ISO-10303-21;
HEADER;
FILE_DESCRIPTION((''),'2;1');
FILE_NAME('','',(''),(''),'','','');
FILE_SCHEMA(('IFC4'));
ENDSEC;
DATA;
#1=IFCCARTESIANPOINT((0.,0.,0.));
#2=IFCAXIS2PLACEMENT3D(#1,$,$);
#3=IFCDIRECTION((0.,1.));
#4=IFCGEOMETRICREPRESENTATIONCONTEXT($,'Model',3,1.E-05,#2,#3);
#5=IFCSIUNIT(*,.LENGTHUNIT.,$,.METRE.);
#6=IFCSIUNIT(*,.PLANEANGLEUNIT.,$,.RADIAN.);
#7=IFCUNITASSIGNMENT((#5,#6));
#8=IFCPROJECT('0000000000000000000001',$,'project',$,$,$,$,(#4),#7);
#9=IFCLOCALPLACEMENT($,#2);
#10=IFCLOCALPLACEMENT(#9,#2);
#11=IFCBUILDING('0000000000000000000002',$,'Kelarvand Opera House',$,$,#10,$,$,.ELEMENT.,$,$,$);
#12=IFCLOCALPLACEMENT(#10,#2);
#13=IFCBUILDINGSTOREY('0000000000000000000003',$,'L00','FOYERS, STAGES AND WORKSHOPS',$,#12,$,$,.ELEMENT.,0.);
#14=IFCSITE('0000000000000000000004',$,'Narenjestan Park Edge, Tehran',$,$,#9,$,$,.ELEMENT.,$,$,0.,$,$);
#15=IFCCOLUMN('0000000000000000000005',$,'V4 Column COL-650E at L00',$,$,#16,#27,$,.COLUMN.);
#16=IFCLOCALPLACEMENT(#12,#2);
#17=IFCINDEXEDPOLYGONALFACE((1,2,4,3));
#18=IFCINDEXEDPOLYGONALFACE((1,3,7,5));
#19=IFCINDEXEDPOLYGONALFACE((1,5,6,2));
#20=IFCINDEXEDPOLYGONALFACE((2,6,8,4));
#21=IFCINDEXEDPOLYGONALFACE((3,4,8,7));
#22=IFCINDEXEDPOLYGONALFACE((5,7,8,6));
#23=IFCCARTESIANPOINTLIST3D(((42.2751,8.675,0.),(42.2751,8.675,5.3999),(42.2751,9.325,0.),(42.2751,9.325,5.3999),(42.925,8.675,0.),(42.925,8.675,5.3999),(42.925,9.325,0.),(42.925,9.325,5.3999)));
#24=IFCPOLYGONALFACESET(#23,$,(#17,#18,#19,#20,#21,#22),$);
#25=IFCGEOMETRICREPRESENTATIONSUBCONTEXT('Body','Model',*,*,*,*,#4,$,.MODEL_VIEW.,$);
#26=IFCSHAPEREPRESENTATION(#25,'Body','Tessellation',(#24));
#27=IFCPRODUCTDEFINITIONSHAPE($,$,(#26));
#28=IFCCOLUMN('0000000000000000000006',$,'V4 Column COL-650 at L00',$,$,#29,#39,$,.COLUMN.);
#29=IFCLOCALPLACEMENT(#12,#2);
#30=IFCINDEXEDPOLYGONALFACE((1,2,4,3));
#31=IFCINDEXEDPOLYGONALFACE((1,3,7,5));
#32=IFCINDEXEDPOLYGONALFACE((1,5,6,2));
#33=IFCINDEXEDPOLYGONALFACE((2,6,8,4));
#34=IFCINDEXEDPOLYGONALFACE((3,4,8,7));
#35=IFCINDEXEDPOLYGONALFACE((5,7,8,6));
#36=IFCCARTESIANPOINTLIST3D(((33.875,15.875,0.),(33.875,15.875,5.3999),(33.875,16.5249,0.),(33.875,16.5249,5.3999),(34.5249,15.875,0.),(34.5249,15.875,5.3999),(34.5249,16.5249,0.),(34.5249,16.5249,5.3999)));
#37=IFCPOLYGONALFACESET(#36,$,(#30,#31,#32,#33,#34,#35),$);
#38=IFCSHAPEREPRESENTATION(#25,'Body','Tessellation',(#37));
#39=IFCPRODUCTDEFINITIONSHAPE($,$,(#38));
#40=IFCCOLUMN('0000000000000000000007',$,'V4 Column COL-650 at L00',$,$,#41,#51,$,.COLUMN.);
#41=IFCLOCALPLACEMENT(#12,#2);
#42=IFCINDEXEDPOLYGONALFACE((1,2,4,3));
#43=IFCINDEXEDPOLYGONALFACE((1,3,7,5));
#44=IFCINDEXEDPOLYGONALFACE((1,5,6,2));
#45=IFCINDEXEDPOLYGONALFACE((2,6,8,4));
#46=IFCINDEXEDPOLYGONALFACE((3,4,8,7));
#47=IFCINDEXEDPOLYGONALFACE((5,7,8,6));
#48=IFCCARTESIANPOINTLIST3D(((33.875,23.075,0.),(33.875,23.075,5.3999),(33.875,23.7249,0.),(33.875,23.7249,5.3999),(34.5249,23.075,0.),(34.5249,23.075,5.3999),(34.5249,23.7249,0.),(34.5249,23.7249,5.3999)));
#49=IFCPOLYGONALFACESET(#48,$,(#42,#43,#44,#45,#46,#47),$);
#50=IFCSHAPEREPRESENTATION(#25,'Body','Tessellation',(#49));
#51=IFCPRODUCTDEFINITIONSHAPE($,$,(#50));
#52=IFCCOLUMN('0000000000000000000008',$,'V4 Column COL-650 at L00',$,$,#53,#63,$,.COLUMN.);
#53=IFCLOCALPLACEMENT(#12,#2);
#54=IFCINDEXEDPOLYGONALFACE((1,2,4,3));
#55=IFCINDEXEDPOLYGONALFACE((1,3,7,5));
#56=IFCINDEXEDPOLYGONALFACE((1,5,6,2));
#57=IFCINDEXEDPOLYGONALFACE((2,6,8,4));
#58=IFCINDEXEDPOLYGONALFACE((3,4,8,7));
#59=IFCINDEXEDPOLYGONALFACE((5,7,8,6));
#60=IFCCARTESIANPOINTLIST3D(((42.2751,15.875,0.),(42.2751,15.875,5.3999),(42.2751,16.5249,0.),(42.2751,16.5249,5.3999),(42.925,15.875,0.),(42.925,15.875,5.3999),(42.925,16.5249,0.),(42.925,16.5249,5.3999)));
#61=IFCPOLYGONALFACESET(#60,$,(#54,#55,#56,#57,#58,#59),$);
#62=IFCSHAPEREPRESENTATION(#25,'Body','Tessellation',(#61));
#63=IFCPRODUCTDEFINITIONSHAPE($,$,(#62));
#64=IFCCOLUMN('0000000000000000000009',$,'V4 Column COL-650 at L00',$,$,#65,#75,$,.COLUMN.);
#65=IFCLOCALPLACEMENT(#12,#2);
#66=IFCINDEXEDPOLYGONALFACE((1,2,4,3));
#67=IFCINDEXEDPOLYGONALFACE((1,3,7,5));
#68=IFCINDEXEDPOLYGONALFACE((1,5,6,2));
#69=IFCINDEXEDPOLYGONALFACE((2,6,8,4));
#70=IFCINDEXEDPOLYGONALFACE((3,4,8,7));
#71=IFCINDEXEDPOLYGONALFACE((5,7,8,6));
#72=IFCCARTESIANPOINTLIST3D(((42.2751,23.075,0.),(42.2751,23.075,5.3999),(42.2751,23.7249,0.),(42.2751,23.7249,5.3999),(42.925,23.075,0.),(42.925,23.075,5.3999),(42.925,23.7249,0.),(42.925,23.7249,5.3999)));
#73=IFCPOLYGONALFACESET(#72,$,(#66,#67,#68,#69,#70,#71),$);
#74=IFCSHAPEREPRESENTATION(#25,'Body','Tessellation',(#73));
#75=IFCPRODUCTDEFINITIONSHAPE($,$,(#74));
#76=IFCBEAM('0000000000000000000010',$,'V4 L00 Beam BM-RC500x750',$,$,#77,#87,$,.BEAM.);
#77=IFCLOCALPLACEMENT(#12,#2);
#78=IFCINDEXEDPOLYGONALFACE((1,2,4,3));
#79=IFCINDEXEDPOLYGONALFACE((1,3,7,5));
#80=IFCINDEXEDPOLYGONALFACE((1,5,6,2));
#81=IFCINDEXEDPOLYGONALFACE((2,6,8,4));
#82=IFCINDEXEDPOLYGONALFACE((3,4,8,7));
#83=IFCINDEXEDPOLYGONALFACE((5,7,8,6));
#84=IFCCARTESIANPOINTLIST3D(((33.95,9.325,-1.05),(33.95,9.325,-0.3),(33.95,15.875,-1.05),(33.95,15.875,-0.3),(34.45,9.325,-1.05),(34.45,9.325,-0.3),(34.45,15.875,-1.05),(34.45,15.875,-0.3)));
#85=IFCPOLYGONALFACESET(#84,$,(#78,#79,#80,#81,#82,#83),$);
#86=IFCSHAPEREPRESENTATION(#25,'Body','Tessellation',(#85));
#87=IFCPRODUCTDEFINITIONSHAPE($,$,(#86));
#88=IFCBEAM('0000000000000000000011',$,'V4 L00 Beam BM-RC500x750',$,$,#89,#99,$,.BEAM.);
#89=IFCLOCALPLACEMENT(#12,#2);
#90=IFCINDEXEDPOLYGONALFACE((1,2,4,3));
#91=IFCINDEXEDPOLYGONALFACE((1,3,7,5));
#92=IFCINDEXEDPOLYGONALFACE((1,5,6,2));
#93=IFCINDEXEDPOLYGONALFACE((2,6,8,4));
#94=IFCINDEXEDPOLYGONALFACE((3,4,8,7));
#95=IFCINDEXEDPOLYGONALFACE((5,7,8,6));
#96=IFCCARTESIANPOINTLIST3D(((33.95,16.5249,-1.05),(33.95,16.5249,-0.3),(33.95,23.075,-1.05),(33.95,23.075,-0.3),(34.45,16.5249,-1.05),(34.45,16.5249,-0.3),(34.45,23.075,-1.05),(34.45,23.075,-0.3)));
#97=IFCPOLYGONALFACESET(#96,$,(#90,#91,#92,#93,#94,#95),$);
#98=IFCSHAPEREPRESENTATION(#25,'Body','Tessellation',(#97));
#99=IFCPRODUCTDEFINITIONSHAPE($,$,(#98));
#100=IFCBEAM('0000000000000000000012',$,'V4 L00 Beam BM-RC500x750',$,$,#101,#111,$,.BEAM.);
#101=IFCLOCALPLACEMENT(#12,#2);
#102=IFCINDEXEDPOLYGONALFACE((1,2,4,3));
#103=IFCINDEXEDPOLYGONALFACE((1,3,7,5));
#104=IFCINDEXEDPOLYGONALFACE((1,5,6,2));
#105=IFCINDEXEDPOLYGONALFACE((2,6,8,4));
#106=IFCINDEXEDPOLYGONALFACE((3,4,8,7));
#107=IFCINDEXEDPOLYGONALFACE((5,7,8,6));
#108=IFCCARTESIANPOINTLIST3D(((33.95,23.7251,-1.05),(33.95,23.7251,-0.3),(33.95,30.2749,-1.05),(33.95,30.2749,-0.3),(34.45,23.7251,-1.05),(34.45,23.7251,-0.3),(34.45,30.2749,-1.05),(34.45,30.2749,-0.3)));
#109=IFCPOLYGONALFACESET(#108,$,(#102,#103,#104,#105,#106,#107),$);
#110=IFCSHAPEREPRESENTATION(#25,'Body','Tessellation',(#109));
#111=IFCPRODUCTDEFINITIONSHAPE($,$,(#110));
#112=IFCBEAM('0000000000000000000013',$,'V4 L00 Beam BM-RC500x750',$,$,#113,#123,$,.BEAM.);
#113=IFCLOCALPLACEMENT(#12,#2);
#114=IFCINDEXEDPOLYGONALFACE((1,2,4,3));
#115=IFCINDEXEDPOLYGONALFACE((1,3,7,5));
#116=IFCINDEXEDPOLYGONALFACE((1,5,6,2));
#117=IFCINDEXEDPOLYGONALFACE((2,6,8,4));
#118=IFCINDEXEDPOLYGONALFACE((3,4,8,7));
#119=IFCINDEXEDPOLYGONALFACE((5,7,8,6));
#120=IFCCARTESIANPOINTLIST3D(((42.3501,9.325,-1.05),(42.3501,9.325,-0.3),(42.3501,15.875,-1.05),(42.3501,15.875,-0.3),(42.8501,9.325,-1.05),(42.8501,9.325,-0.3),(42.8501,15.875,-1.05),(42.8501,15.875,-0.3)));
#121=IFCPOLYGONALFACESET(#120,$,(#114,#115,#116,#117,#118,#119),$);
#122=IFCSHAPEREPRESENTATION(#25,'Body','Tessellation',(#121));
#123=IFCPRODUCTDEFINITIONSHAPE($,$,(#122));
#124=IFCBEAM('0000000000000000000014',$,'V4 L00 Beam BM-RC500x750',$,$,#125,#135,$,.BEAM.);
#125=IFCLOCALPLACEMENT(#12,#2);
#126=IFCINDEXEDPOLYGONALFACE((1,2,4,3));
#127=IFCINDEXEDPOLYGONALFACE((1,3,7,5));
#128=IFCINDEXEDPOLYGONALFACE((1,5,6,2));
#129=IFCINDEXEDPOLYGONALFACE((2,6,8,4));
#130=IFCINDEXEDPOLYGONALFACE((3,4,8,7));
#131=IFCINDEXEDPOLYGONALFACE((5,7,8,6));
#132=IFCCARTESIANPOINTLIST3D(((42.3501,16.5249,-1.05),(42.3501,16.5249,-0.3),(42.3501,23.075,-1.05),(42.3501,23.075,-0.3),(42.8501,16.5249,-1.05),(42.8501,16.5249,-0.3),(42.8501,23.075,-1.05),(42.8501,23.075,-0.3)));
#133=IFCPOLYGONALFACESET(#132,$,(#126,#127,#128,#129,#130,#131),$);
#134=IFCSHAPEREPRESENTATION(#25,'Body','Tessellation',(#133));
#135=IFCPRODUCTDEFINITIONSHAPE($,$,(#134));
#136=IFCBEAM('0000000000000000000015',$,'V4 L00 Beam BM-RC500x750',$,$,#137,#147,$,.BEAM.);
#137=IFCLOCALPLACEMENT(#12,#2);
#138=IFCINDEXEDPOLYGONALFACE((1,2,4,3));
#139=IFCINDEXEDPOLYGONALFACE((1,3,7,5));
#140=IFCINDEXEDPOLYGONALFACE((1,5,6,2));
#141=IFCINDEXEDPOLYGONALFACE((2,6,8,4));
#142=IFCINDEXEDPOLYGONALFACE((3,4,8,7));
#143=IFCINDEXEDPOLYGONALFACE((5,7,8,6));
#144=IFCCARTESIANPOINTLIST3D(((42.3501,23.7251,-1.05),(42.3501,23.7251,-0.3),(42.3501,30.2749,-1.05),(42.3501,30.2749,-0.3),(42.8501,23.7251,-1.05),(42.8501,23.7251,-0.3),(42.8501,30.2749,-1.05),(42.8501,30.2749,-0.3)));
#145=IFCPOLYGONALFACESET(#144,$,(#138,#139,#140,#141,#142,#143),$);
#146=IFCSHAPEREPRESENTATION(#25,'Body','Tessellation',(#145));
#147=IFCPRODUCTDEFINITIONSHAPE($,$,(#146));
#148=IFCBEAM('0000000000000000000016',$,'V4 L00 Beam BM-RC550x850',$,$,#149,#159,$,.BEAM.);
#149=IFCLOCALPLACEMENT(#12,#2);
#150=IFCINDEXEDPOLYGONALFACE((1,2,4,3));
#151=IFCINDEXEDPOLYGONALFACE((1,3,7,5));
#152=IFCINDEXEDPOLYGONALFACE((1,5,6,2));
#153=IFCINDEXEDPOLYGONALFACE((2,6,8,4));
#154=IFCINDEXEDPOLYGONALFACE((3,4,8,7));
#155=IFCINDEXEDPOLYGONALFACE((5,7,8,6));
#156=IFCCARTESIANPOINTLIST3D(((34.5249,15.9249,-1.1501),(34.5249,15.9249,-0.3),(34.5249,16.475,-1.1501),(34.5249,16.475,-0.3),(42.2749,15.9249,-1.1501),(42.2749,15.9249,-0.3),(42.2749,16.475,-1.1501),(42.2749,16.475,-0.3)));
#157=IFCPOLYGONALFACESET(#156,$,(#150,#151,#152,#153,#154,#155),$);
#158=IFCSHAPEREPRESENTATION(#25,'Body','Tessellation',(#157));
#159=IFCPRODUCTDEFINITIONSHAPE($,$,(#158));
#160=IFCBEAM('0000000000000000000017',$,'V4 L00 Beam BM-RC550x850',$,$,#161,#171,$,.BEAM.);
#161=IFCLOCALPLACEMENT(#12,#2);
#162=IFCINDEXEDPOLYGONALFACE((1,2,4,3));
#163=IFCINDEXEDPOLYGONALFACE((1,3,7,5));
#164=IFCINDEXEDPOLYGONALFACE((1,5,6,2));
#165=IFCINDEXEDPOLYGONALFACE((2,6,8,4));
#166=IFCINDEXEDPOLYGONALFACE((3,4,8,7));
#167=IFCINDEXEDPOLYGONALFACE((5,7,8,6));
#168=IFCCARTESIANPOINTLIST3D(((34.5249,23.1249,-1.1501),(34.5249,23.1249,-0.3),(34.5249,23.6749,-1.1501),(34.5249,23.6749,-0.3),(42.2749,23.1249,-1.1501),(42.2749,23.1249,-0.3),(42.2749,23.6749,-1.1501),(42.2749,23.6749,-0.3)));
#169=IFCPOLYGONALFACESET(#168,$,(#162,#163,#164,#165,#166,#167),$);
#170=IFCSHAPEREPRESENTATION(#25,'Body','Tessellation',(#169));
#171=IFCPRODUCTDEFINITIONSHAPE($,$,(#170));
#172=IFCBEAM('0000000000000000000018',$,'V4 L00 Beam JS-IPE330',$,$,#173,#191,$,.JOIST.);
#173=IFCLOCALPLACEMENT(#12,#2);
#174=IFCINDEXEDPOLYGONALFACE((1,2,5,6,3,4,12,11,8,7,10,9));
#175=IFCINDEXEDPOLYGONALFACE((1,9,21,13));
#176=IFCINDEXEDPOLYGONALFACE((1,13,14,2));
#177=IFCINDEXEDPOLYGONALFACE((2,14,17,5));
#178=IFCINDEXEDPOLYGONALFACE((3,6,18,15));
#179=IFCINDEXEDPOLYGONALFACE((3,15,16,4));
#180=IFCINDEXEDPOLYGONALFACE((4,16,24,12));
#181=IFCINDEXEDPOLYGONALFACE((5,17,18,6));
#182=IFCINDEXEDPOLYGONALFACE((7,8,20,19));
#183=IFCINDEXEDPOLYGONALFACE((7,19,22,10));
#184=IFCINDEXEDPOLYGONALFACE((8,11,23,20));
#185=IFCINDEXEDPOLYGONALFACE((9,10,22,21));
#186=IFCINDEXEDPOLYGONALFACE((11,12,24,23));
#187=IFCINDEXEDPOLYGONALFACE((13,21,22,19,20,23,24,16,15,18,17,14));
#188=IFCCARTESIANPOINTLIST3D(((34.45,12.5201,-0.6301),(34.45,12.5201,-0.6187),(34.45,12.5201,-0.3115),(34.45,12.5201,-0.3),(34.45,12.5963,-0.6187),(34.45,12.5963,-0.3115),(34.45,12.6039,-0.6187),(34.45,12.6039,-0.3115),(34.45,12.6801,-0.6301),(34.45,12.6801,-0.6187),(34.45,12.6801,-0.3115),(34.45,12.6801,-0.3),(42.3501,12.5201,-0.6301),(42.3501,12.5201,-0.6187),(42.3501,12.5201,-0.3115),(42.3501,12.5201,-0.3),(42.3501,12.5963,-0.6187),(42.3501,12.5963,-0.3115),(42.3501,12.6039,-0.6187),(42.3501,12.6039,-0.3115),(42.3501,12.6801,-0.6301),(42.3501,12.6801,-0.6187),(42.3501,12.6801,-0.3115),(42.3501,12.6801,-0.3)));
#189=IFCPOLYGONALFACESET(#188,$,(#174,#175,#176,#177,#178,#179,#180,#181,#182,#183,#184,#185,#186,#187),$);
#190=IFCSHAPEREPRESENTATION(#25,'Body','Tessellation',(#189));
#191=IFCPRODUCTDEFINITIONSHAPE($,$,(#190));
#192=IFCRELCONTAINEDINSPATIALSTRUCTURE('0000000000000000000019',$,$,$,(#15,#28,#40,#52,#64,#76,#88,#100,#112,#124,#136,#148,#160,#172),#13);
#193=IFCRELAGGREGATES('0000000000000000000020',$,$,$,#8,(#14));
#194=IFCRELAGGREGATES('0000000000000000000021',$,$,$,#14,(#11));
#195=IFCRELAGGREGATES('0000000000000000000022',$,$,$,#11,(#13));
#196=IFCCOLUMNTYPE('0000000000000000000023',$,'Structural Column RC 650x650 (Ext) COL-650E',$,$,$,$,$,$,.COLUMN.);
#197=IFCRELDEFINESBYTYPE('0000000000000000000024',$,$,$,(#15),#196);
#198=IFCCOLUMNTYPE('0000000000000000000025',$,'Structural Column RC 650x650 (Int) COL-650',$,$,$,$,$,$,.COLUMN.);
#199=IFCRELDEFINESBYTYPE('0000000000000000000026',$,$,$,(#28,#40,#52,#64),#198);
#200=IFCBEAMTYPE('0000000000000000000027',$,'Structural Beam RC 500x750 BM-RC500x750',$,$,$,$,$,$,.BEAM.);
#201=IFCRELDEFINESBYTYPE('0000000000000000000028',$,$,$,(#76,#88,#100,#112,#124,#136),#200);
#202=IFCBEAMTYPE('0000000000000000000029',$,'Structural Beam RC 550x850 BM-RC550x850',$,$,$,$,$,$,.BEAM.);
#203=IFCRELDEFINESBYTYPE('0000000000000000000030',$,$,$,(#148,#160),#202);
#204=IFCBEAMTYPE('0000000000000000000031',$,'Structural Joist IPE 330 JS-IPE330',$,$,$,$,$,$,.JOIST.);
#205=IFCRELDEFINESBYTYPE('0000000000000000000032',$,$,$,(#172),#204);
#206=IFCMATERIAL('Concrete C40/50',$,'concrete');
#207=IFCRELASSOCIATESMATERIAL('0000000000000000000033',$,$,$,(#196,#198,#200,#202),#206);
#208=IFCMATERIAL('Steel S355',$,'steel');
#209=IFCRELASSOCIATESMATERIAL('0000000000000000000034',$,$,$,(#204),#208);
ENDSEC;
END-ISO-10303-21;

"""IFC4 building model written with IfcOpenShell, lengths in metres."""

from ifc_helpers import new_model, si_unit, direction, frame, origin, origin_2d, place, context, subcontext, project, spatial, rectangle, i_section, extrude, material, material_profile, profile_set, type_object, element, save


model = new_model("IFC4")

# Units and contexts
model_context = context("Model", 3, precision=1e-05, world=origin(), true_north=direction((0.0, 1.0)))
body_context = subcontext(model_context, "Body", "Model", "MODEL_VIEW")
ifc_project = project(units=[si_unit("LENGTHUNIT", "METRE"), si_unit("PLANEANGLEUNIT", "RADIAN")], contexts=[model_context])

# Site, building, storey
site_placement = place(None, origin())
site = spatial("IfcSite", under=ifc_project, at=site_placement, Name="Narenjestan Park Edge, Tehran", CompositionType="ELEMENT", RefElevation=0.0)
building_placement = place(site_placement, origin())
building = spatial("IfcBuilding", under=site, at=building_placement, Name="Kelarvand Opera House", CompositionType="ELEMENT")
storey_placement = place(building_placement, origin())
storey = spatial("IfcBuildingStorey", under=building, at=storey_placement, Name="L00", Description="FOYERS, STAGES AND WORKSHOPS", CompositionType="ELEMENT", Elevation=0.0)

# Columns
ifc_material_1 = material(Name="Concrete C40/50", Category="concrete")
ifc_material_profile_1 = material_profile(ifc_material_1, rectangle(XDim=0.6499, YDim=0.6499, at=origin_2d()), Name="RC 650x650", Category="concrete")
ifc_profile_set_1 = profile_set([ifc_material_profile_1], Name="Concrete C40/50")
column_type_1 = type_object("IfcColumnType", Name="Structural Column RC 650x650 (Ext) COL-650E", PredefinedType="COLUMN", material=ifc_profile_set_1)
column_placement = place(storey_placement, frame((42.6001, 9.0, 0.0), z_axis=(0.0, 0.0, 1.0), x_axis=(1.0, 0.0, 0.0)))
element("IfcColumn", 1, at=column_placement, inside=storey, type_object=column_type_1, Name="V4 Column COL-650E at L00", PredefinedType="COLUMN", context=body_context, shape_type="SweptSolid", body=[
    extrude(rectangle(XDim=0.6499, YDim=0.6499, at=origin_2d()), origin(), (0.0, 0.0, 1.0), 5.3999),
])
ifc_material_profile_2 = material_profile(ifc_material_1, rectangle(XDim=0.6499, YDim=0.6499, at=origin_2d()), Name="RC 650x650", Category="concrete")
ifc_profile_set_2 = profile_set([ifc_material_profile_2], Name="Concrete C40/50")
column_type_2 = type_object("IfcColumnType", Name="Structural Column RC 650x650 (Int) COL-650", PredefinedType="COLUMN", material=ifc_profile_set_2)
for number, where, z_axis, x_axis, name in (
    (2, (34.2, 16.2, 0.0), (0.0, 0.0, 1.0), (1.0, 0.0, 0.0), "V4 Column COL-650 at L00"),
    (3, (34.2, 23.3999, 0.0), (0.0, 0.0, 1.0), (1.0, 0.0, 0.0), "V4 Column COL-650 at L00"),
    (4, (42.6001, 16.2, 0.0), (0.0, 0.0, 1.0), (1.0, 0.0, 0.0), "V4 Column COL-650 at L00"),
    (5, (42.6001, 23.3999, 0.0), (0.0, 0.0, 1.0), (1.0, 0.0, 0.0), "V4 Column COL-650 at L00"),
):
    element("IfcColumn", number, at=place(storey_placement, frame(where, z_axis=z_axis, x_axis=x_axis)), inside=storey, type_object=column_type_2, Name=name, PredefinedType="COLUMN", context=body_context, shape_type="SweptSolid", body=[
        extrude(rectangle(XDim=0.6499, YDim=0.6499, at=origin_2d()), origin(), (0.0, 0.0, 1.0), 5.3999),
    ])

# Beams
ifc_material_profile_3 = material_profile(ifc_material_1, rectangle(XDim=0.5, YDim=0.75, at=origin_2d()), Name="RC 500x750", Category="concrete")
ifc_profile_set_3 = profile_set([ifc_material_profile_3], Name="Concrete C40/50")
beam_type_1 = type_object("IfcBeamType", Name="Structural Beam RC 500x750 BM-RC500x750", PredefinedType="BEAM", material=ifc_profile_set_3)
for number, where, z_axis, x_axis, name in (
    (6, (34.2, 9.325, -0.675), (0.0, 1.0, 0.0), (-1.0, 0.0, 0.0), "V4 L00 Beam BM-RC500x750"),
    (7, (34.2, 16.5249, -0.675), (0.0, 1.0, 0.0), (-1.0, 0.0, 0.0), "V4 L00 Beam BM-RC500x750"),
):
    element("IfcBeam", number, at=place(storey_placement, frame(where, z_axis=z_axis, x_axis=x_axis)), inside=storey, type_object=beam_type_1, Name=name, PredefinedType="BEAM", context=body_context, shape_type="SweptSolid", body=[
        extrude(rectangle(XDim=0.5, YDim=0.75, at=origin_2d()), origin(), (0.0, 0.0, 1.0), 6.55),
    ])
beam_1_placement = place(storey_placement, frame((34.2, 23.7251, -0.675), z_axis=(0.0, 1.0, 0.0), x_axis=(-1.0, 0.0, 0.0)))
element("IfcBeam", 8, at=beam_1_placement, inside=storey, type_object=beam_type_1, Name="V4 L00 Beam BM-RC500x750", PredefinedType="BEAM", context=body_context, shape_type="SweptSolid", body=[
    extrude(rectangle(XDim=0.5, YDim=0.75, at=origin_2d()), origin(), (0.0, 0.0, 1.0), 6.5498),
])
for number, where, z_axis, x_axis, name in (
    (9, (42.6001, 9.325, -0.675), (0.0, 1.0, 0.0), (-1.0, 0.0, 0.0), "V4 L00 Beam BM-RC500x750"),
    (10, (42.6001, 16.5249, -0.675), (0.0, 1.0, 0.0), (-1.0, 0.0, 0.0), "V4 L00 Beam BM-RC500x750"),
):
    element("IfcBeam", number, at=place(storey_placement, frame(where, z_axis=z_axis, x_axis=x_axis)), inside=storey, type_object=beam_type_1, Name=name, PredefinedType="BEAM", context=body_context, shape_type="SweptSolid", body=[
        extrude(rectangle(XDim=0.5, YDim=0.75, at=origin_2d()), origin(), (0.0, 0.0, 1.0), 6.55),
    ])
beam_2_placement = place(storey_placement, frame((42.6001, 23.7251, -0.675), z_axis=(0.0, 1.0, 0.0), x_axis=(-1.0, 0.0, 0.0)))
element("IfcBeam", 11, at=beam_2_placement, inside=storey, type_object=beam_type_1, Name="V4 L00 Beam BM-RC500x750", PredefinedType="BEAM", context=body_context, shape_type="SweptSolid", body=[
    extrude(rectangle(XDim=0.5, YDim=0.75, at=origin_2d()), origin(), (0.0, 0.0, 1.0), 6.5498),
])
ifc_material_profile_4 = material_profile(ifc_material_1, rectangle(XDim=0.55, YDim=0.8501, at=origin_2d()), Name="RC 550x850", Category="concrete")
ifc_profile_set_4 = profile_set([ifc_material_profile_4], Name="Concrete C40/50")
beam_type_2 = type_object("IfcBeamType", Name="Structural Beam RC 550x850 BM-RC550x850", PredefinedType="BEAM", material=ifc_profile_set_4)
for number, where, z_axis, x_axis, name in (
    (12, (34.5249, 16.2, -0.7251), (1.0, 0.0, 0.0), (0.0, 1.0, 0.0), "V4 L00 Beam BM-RC550x850"),
    (13, (34.5249, 23.3999, -0.7251), (1.0, 0.0, 0.0), (0.0, 1.0, 0.0), "V4 L00 Beam BM-RC550x850"),
):
    element("IfcBeam", number, at=place(storey_placement, frame(where, z_axis=z_axis, x_axis=x_axis)), inside=storey, type_object=beam_type_2, Name=name, PredefinedType="BEAM", context=body_context, shape_type="SweptSolid", body=[
        extrude(rectangle(XDim=0.55, YDim=0.8501, at=origin_2d()), origin(), (0.0, 0.0, 1.0), 7.75),
    ])
ifc_material_2 = material(Name="Steel S355", Category="steel")
ifc_material_profile_5 = material_profile(ifc_material_2, i_section(OverallWidth=0.1599, OverallDepth=0.3301, WebThickness=0.0076, FlangeThickness=0.0115, at=origin_2d()), Name="IPE 330", Category="steel")
ifc_profile_set_5 = profile_set([ifc_material_profile_5], Name="Steel S355")
beam_type_3 = type_object("IfcBeamType", Name="Structural Joist IPE 330 JS-IPE330", PredefinedType="JOIST", material=ifc_profile_set_5)
beam_3_placement = place(storey_placement, frame((34.45, 12.6001, -0.4651), z_axis=(1.0, 0.0, 0.0), x_axis=(0.0, 1.0, 0.0)))
element("IfcBeam", 14, at=beam_3_placement, inside=storey, type_object=beam_type_3, Name="V4 L00 Beam JS-IPE330", PredefinedType="JOIST", context=body_context, shape_type="SweptSolid", body=[
    extrude(i_section(OverallWidth=0.1599, OverallDepth=0.3301, WebThickness=0.0076, FlangeThickness=0.0115, at=origin_2d()), origin(), (0.0, 0.0, 1.0), 7.9001),
])

save(model, "model.ifc")
